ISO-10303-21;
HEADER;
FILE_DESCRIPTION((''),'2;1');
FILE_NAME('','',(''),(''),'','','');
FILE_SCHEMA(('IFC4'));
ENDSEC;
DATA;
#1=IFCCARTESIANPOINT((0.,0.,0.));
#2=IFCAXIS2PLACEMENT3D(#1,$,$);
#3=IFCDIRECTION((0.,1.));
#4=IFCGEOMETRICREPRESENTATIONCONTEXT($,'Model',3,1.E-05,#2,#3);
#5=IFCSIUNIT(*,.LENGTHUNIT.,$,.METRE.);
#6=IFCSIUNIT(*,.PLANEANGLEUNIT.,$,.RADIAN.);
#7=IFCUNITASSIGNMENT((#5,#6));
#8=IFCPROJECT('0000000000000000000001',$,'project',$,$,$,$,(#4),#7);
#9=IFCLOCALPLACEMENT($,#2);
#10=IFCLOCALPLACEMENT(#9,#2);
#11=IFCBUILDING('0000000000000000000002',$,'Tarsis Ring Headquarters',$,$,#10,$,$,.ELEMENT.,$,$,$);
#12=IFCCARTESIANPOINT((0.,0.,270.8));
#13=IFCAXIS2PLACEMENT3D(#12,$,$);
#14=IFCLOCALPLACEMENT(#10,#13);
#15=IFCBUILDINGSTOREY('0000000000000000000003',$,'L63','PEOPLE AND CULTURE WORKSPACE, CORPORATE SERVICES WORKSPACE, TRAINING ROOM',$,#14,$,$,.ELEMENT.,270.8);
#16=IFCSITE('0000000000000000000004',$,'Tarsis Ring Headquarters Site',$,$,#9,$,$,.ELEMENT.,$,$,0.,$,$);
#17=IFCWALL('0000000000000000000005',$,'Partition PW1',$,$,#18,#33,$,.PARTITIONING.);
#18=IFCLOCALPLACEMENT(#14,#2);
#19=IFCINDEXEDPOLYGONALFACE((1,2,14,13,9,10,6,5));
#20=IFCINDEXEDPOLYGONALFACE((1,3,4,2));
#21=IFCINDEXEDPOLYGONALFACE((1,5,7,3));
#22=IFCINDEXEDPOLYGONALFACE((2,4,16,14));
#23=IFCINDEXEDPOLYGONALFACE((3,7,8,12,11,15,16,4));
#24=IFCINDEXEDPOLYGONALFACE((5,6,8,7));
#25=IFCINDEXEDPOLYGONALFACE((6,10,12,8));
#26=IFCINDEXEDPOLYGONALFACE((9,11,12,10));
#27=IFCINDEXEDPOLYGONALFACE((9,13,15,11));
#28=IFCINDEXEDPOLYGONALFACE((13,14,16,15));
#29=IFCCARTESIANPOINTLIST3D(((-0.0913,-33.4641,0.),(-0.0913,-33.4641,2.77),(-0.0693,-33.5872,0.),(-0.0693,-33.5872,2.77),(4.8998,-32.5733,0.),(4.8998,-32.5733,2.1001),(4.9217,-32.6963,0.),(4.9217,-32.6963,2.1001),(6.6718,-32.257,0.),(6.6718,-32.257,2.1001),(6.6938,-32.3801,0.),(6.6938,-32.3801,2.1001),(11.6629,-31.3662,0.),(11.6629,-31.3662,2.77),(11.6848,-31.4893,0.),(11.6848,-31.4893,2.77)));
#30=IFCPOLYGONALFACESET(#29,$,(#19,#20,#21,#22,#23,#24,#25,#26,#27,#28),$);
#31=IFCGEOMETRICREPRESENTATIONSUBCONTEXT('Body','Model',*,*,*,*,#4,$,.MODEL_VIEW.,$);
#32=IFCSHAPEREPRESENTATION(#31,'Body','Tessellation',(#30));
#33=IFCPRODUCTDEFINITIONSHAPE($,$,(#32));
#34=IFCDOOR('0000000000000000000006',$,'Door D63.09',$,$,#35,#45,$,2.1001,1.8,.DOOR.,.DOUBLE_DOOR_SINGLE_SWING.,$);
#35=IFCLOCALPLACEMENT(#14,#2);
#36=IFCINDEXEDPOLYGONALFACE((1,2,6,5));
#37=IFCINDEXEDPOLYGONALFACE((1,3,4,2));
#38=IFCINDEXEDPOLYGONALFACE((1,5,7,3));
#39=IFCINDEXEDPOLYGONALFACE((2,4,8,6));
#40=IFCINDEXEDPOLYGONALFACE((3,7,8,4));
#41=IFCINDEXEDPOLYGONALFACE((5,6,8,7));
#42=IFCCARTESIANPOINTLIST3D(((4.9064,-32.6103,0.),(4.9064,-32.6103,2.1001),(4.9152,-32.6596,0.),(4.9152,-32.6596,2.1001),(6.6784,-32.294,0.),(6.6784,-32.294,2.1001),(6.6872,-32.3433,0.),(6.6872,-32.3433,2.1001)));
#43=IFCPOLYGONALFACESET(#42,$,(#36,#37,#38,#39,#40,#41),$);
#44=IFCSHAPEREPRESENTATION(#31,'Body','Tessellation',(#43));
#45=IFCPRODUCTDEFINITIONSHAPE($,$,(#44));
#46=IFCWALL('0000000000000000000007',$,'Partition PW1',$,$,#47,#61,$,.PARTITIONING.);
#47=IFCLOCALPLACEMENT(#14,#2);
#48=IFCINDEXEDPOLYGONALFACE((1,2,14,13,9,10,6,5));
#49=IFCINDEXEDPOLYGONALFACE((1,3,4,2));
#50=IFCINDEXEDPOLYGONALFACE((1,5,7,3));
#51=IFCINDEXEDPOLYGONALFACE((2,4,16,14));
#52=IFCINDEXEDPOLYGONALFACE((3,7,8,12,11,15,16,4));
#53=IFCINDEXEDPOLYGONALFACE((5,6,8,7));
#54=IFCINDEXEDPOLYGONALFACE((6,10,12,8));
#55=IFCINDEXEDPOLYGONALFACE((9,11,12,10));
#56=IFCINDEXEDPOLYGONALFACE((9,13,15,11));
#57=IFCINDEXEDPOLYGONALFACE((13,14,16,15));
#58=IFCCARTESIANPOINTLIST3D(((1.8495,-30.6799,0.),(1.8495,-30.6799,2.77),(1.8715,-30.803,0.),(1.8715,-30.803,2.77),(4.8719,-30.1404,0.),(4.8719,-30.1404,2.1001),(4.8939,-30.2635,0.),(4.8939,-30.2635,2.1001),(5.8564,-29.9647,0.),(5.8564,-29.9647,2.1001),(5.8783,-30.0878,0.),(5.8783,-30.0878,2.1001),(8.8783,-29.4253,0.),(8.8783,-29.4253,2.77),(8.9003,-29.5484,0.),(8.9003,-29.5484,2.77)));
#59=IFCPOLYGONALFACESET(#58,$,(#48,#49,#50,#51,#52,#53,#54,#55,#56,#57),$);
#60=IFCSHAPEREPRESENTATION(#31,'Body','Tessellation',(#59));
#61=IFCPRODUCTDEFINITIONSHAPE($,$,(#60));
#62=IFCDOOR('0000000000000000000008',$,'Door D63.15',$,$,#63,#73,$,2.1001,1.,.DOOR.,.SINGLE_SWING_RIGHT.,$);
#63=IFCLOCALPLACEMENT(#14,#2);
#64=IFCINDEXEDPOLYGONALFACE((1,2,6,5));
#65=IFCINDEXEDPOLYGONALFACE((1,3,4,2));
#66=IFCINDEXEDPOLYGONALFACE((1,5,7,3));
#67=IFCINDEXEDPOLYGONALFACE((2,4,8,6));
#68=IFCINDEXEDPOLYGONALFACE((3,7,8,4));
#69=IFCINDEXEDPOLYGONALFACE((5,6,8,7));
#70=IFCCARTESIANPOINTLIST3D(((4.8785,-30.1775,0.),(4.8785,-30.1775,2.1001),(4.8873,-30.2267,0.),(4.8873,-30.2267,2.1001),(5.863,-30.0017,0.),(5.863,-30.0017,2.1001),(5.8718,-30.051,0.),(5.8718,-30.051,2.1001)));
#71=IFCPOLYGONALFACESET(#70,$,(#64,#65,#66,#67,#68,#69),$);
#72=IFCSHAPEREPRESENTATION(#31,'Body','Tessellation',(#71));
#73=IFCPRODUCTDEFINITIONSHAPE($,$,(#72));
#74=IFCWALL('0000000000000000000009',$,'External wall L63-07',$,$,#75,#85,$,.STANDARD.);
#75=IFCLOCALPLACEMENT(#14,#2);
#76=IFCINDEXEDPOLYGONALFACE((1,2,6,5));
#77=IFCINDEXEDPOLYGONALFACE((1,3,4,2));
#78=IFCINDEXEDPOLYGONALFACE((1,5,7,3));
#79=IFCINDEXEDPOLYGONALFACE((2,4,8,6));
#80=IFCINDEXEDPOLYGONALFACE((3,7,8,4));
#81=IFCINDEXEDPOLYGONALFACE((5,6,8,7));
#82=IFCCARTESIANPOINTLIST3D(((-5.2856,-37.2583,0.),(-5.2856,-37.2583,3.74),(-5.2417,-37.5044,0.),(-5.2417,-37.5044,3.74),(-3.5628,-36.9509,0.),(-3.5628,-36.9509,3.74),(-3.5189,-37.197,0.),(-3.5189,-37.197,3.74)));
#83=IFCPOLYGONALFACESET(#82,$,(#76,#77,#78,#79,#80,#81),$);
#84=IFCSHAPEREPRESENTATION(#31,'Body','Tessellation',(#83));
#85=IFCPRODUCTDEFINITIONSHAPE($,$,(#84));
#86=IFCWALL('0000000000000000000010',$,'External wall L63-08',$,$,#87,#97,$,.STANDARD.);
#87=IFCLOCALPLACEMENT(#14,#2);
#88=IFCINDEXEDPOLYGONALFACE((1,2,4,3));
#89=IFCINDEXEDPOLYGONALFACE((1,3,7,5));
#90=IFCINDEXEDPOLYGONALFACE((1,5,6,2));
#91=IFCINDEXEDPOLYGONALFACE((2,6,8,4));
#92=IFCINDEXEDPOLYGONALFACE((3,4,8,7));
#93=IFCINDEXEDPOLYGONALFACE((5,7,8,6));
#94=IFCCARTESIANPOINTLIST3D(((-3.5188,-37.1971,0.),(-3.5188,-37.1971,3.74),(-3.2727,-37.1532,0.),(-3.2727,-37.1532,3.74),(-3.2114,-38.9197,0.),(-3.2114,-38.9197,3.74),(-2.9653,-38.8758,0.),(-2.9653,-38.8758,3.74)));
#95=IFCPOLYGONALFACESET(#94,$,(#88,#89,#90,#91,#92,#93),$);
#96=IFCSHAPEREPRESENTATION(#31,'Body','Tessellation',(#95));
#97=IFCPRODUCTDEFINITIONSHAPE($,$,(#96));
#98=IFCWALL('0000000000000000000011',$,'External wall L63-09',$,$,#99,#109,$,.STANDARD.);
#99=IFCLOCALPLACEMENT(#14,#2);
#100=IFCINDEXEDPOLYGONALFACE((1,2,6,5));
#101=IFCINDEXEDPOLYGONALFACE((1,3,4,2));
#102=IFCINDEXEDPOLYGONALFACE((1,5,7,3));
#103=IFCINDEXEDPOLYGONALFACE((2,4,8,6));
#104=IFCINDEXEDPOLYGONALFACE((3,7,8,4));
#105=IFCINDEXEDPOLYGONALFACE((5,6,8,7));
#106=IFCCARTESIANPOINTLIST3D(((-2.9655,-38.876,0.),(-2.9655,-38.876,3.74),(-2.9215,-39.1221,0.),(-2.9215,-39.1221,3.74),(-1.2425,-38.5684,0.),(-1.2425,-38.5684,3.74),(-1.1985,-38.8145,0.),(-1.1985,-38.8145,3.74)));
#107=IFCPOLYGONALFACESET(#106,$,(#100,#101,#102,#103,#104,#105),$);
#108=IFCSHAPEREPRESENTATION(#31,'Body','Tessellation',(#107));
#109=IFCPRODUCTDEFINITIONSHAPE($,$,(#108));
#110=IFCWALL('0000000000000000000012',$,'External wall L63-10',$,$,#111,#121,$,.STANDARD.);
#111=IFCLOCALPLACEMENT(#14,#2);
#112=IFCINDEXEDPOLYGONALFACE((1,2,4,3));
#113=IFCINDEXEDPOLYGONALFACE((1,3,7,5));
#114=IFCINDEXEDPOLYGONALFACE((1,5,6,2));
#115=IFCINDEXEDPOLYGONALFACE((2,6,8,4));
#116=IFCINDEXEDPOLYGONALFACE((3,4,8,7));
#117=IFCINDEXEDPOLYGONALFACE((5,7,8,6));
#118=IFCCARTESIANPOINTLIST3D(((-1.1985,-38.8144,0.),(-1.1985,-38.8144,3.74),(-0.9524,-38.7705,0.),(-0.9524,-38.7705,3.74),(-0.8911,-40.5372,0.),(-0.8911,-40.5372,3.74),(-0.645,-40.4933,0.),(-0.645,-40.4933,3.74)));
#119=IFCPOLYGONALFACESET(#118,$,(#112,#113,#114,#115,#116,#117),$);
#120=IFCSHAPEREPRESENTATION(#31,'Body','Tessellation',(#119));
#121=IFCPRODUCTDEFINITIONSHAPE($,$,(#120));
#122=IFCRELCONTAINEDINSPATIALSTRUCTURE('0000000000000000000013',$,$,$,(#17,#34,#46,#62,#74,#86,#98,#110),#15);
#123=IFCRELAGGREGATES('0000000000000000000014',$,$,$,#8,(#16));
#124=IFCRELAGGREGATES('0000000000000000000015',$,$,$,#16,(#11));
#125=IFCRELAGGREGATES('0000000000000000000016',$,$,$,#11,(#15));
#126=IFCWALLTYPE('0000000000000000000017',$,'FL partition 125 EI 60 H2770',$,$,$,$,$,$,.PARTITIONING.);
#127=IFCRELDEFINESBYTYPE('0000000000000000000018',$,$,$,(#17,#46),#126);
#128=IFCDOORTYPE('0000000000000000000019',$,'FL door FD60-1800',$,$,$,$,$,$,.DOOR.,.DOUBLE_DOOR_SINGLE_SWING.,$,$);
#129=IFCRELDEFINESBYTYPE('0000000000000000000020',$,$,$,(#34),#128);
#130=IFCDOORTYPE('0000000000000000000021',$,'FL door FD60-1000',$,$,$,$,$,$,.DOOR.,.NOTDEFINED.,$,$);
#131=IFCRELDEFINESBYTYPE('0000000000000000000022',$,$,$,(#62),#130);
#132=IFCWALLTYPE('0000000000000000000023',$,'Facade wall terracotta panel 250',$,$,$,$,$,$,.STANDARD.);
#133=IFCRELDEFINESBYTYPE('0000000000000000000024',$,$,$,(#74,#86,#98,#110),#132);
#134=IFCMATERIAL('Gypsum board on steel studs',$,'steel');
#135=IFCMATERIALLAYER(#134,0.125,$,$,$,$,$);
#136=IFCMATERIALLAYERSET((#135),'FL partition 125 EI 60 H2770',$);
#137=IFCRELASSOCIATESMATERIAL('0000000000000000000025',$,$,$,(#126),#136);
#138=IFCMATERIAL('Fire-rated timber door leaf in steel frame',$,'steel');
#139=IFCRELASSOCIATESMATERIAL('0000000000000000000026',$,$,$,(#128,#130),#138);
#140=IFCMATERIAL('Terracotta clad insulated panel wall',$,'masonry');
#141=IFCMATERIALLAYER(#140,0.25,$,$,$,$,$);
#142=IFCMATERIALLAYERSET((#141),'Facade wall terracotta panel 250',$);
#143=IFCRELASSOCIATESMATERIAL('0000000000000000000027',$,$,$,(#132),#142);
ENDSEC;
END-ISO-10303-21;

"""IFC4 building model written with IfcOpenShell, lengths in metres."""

from ifc_helpers import new_model, si_unit, direction, frame, frame_2d, origin, place, context, subcontext, project, spatial, rectangle, extrude, material, layer, layer_set, type_object, element, fill, save


model = new_model("IFC4")

# Units and contexts
model_context = context("Model", 3, precision=1e-05, world=origin(), true_north=direction((0.0, 1.0)))
body_context = subcontext(model_context, "Body", "Model", "MODEL_VIEW")
ifc_project = project(units=[si_unit("LENGTHUNIT", "METRE"), si_unit("PLANEANGLEUNIT", "RADIAN")], contexts=[model_context])

# Site, building, storey
site_placement = place(None, origin())
site = spatial("IfcSite", under=ifc_project, at=site_placement, Name="Tarsis Ring Headquarters Site", CompositionType="ELEMENT", RefElevation=0.0)
building_placement = place(site_placement, origin())
building = spatial("IfcBuilding", under=site, at=building_placement, Name="Tarsis Ring Headquarters", CompositionType="ELEMENT")
storey_placement = place(building_placement, frame((0.0, 0.0, 270.8)))
storey = spatial("IfcBuildingStorey", under=building, at=storey_placement, Name="L63", Description="PEOPLE AND CULTURE WORKSPACE, CORPORATE SERVICES WORKSPACE, TRAINING ROOM", CompositionType="ELEMENT", Elevation=270.8)

# Walls, openings, doors
ifc_material_1 = material(Name="Gypsum board on steel studs", Category="steel")
ifc_layer_1 = layer(ifc_material_1, 0.125)
ifc_layer_set_1 = layer_set([ifc_layer_1], Name="FL partition 125 EI 60 H2770")
wall_type_1 = type_object("IfcWallType", Name="FL partition 125 EI 60 H2770", PredefinedType="PARTITIONING", material=ifc_layer_set_1)
wall_1_placement = place(storey_placement, frame((-0.0803, -33.5256, 0.0), z_axis=(0.0, 0.0, 1.0), x_axis=(0.984443, 0.175705, 0.0)))
wall_1 = element("IfcWall", 1, at=wall_1_placement, inside=storey, type_object=wall_type_1, Name="Partition PW1", PredefinedType="PARTITIONING", context=body_context, shape_type="SweptSolid", body=[
    extrude(rectangle(XDim=11.9399, YDim=0.125, at=frame_2d((5.97, 0.0))), origin(), (0.0, 0.0, 1.0), 2.77),
])
opening_1_placement = place(wall_1_placement, frame((5.0701, 0.0, 0.0)))
opening_1 = element("IfcOpeningElement", 2, at=opening_1_placement, cuts=wall_1, PredefinedType="OPENING", context=body_context, shape_type="SweptSolid", body=[
    extrude(rectangle(XDim=1.8, YDim=2.1001, at=frame_2d((0.8999, 1.05))), frame((0.0, 0.0725, 0.0), z_axis=(0.0, -1.0, 0.0), x_axis=(1.0, 0.0, 0.0)), (0.0, 0.0, 1.0), 0.145),
])
ifc_material_2 = material(Name="Fire-rated timber door leaf in steel frame", Category="steel")
door_type_1 = type_object("IfcDoorType", Name="FL door FD60-1800", OperationType="DOUBLE_DOOR_SINGLE_SWING", PredefinedType="DOOR", material=ifc_material_2)
door_1_placement = place(opening_1_placement, origin())
door_1 = element("IfcDoor", 3, at=door_1_placement, inside=storey, type_object=door_type_1, Name="Door D63.09", OperationType="DOUBLE_DOOR_SINGLE_SWING", OverallHeight=2.1001, OverallWidth=1.8, PredefinedType="DOOR", context=body_context, shape_type="SweptSolid", body=[
    extrude(rectangle(XDim=1.8, YDim=2.1001, at=frame_2d((0.8999, 1.05))), frame((0.0, 0.0249, 0.0), z_axis=(0.0, -1.0, 0.0), x_axis=(1.0, 0.0, 0.0)), (0.0, 0.0, 1.0), 0.05),
])
fill(opening_1, door_1)
wall_2_placement = place(storey_placement, frame((1.8606, -30.7415, 0.0), z_axis=(0.0, 0.0, 1.0), x_axis=(0.98444, 0.175722, 0.0)))
wall_2 = element("IfcWall", 4, at=wall_2_placement, inside=storey, type_object=wall_type_1, Name="Partition PW1", PredefinedType="PARTITIONING", context=body_context, shape_type="SweptSolid", body=[
    extrude(rectangle(XDim=7.1399, YDim=0.125, at=frame_2d((3.5698, 0.0))), origin(), (0.0, 0.0, 1.0), 2.77),
])
opening_2_placement = place(wall_2_placement, frame((3.0701, 0.0, 0.0)))
opening_2 = element("IfcOpeningElement", 5, at=opening_2_placement, cuts=wall_2, PredefinedType="OPENING", context=body_context, shape_type="SweptSolid", body=[
    extrude(rectangle(XDim=1.0, YDim=2.1001, at=frame_2d((0.5, 1.05))), frame((0.0, 0.0725, 0.0), z_axis=(0.0, -1.0, 0.0), x_axis=(1.0, 0.0, 0.0)), (0.0, 0.0, 1.0), 0.145),
])
door_type_2 = type_object("IfcDoorType", Name="FL door FD60-1000", OperationType="NOTDEFINED", PredefinedType="DOOR", material=ifc_material_2)
door_2_placement = place(opening_2_placement, origin())
door_2 = element("IfcDoor", 6, at=door_2_placement, inside=storey, type_object=door_type_2, Name="Door D63.15", OperationType="SINGLE_SWING_RIGHT", OverallHeight=2.1001, OverallWidth=1.0, PredefinedType="DOOR", context=body_context, shape_type="SweptSolid", body=[
    extrude(rectangle(XDim=1.0, YDim=2.1001, at=frame_2d((0.5, 1.05))), frame((0.0, 0.0249, 0.0), z_axis=(0.0, -1.0, 0.0), x_axis=(1.0, 0.0, 0.0)), (0.0, 0.0, 1.0), 0.05),
])
fill(opening_2, door_2)

# Walls
ifc_material_3 = material(Name="Terracotta clad insulated panel wall", Category="masonry")
ifc_layer_2 = layer(ifc_material_3, 0.25)
ifc_layer_set_2 = layer_set([ifc_layer_2], Name="Facade wall terracotta panel 250")
wall_type_2 = type_object("IfcWallType", Name="Facade wall terracotta panel 250", PredefinedType="STANDARD", material=ifc_layer_set_2)
wall_3_placement = place(storey_placement, frame((-5.2637, -37.3813, 0.0), z_axis=(0.0, 0.0, 1.0), x_axis=(0.984456, 0.175631, 0.0)))
element("IfcWall", 7, at=wall_3_placement, inside=storey, type_object=wall_type_2, Name="External wall L63-07", PredefinedType="STANDARD", context=body_context, shape_type="SweptSolid", body=[
    extrude(rectangle(XDim=1.75, YDim=0.25, at=frame_2d((0.875, 0.0))), origin(), (0.0, 0.0, 1.0), 3.74),
])
wall_4_placement = place(storey_placement, frame((-3.3958, -37.175, 0.0), z_axis=(0.0, 0.0, 1.0), x_axis=(0.175655, -0.984452, 0.0)))
element("IfcWall", 8, at=wall_4_placement, inside=storey, type_object=wall_type_2, Name="External wall L63-08", PredefinedType="STANDARD", context=body_context, shape_type="SweptSolid", body=[
    extrude(rectangle(XDim=1.7498, YDim=0.25, at=frame_2d((0.875, 0.0))), origin(), (0.0, 0.0, 1.0), 3.74),
])
wall_5_placement = place(storey_placement, frame((-2.9434, -38.999, 0.0), z_axis=(0.0, 0.0, 1.0), x_axis=(0.984432, 0.175766, 0.0)))
element("IfcWall", 9, at=wall_5_placement, inside=storey, type_object=wall_type_2, Name="External wall L63-09", PredefinedType="STANDARD", context=body_context, shape_type="SweptSolid", body=[
    extrude(rectangle(XDim=1.7502, YDim=0.25, at=frame_2d((0.875, 0.0))), origin(), (0.0, 0.0, 1.0), 3.74),
])
wall_6_placement = place(storey_placement, frame((-1.0754, -38.7925, 0.0), z_axis=(0.0, 0.0, 1.0), x_axis=(0.175631, -0.984456, 0.0)))
element("IfcWall", 10, at=wall_6_placement, inside=storey, type_object=wall_type_2, Name="External wall L63-10", PredefinedType="STANDARD", context=body_context, shape_type="SweptSolid", body=[
    extrude(rectangle(XDim=1.75, YDim=0.25, at=frame_2d((0.875, 0.0))), origin(), (0.0, 0.0, 1.0), 3.74),
])

save(model, "model.ifc")
